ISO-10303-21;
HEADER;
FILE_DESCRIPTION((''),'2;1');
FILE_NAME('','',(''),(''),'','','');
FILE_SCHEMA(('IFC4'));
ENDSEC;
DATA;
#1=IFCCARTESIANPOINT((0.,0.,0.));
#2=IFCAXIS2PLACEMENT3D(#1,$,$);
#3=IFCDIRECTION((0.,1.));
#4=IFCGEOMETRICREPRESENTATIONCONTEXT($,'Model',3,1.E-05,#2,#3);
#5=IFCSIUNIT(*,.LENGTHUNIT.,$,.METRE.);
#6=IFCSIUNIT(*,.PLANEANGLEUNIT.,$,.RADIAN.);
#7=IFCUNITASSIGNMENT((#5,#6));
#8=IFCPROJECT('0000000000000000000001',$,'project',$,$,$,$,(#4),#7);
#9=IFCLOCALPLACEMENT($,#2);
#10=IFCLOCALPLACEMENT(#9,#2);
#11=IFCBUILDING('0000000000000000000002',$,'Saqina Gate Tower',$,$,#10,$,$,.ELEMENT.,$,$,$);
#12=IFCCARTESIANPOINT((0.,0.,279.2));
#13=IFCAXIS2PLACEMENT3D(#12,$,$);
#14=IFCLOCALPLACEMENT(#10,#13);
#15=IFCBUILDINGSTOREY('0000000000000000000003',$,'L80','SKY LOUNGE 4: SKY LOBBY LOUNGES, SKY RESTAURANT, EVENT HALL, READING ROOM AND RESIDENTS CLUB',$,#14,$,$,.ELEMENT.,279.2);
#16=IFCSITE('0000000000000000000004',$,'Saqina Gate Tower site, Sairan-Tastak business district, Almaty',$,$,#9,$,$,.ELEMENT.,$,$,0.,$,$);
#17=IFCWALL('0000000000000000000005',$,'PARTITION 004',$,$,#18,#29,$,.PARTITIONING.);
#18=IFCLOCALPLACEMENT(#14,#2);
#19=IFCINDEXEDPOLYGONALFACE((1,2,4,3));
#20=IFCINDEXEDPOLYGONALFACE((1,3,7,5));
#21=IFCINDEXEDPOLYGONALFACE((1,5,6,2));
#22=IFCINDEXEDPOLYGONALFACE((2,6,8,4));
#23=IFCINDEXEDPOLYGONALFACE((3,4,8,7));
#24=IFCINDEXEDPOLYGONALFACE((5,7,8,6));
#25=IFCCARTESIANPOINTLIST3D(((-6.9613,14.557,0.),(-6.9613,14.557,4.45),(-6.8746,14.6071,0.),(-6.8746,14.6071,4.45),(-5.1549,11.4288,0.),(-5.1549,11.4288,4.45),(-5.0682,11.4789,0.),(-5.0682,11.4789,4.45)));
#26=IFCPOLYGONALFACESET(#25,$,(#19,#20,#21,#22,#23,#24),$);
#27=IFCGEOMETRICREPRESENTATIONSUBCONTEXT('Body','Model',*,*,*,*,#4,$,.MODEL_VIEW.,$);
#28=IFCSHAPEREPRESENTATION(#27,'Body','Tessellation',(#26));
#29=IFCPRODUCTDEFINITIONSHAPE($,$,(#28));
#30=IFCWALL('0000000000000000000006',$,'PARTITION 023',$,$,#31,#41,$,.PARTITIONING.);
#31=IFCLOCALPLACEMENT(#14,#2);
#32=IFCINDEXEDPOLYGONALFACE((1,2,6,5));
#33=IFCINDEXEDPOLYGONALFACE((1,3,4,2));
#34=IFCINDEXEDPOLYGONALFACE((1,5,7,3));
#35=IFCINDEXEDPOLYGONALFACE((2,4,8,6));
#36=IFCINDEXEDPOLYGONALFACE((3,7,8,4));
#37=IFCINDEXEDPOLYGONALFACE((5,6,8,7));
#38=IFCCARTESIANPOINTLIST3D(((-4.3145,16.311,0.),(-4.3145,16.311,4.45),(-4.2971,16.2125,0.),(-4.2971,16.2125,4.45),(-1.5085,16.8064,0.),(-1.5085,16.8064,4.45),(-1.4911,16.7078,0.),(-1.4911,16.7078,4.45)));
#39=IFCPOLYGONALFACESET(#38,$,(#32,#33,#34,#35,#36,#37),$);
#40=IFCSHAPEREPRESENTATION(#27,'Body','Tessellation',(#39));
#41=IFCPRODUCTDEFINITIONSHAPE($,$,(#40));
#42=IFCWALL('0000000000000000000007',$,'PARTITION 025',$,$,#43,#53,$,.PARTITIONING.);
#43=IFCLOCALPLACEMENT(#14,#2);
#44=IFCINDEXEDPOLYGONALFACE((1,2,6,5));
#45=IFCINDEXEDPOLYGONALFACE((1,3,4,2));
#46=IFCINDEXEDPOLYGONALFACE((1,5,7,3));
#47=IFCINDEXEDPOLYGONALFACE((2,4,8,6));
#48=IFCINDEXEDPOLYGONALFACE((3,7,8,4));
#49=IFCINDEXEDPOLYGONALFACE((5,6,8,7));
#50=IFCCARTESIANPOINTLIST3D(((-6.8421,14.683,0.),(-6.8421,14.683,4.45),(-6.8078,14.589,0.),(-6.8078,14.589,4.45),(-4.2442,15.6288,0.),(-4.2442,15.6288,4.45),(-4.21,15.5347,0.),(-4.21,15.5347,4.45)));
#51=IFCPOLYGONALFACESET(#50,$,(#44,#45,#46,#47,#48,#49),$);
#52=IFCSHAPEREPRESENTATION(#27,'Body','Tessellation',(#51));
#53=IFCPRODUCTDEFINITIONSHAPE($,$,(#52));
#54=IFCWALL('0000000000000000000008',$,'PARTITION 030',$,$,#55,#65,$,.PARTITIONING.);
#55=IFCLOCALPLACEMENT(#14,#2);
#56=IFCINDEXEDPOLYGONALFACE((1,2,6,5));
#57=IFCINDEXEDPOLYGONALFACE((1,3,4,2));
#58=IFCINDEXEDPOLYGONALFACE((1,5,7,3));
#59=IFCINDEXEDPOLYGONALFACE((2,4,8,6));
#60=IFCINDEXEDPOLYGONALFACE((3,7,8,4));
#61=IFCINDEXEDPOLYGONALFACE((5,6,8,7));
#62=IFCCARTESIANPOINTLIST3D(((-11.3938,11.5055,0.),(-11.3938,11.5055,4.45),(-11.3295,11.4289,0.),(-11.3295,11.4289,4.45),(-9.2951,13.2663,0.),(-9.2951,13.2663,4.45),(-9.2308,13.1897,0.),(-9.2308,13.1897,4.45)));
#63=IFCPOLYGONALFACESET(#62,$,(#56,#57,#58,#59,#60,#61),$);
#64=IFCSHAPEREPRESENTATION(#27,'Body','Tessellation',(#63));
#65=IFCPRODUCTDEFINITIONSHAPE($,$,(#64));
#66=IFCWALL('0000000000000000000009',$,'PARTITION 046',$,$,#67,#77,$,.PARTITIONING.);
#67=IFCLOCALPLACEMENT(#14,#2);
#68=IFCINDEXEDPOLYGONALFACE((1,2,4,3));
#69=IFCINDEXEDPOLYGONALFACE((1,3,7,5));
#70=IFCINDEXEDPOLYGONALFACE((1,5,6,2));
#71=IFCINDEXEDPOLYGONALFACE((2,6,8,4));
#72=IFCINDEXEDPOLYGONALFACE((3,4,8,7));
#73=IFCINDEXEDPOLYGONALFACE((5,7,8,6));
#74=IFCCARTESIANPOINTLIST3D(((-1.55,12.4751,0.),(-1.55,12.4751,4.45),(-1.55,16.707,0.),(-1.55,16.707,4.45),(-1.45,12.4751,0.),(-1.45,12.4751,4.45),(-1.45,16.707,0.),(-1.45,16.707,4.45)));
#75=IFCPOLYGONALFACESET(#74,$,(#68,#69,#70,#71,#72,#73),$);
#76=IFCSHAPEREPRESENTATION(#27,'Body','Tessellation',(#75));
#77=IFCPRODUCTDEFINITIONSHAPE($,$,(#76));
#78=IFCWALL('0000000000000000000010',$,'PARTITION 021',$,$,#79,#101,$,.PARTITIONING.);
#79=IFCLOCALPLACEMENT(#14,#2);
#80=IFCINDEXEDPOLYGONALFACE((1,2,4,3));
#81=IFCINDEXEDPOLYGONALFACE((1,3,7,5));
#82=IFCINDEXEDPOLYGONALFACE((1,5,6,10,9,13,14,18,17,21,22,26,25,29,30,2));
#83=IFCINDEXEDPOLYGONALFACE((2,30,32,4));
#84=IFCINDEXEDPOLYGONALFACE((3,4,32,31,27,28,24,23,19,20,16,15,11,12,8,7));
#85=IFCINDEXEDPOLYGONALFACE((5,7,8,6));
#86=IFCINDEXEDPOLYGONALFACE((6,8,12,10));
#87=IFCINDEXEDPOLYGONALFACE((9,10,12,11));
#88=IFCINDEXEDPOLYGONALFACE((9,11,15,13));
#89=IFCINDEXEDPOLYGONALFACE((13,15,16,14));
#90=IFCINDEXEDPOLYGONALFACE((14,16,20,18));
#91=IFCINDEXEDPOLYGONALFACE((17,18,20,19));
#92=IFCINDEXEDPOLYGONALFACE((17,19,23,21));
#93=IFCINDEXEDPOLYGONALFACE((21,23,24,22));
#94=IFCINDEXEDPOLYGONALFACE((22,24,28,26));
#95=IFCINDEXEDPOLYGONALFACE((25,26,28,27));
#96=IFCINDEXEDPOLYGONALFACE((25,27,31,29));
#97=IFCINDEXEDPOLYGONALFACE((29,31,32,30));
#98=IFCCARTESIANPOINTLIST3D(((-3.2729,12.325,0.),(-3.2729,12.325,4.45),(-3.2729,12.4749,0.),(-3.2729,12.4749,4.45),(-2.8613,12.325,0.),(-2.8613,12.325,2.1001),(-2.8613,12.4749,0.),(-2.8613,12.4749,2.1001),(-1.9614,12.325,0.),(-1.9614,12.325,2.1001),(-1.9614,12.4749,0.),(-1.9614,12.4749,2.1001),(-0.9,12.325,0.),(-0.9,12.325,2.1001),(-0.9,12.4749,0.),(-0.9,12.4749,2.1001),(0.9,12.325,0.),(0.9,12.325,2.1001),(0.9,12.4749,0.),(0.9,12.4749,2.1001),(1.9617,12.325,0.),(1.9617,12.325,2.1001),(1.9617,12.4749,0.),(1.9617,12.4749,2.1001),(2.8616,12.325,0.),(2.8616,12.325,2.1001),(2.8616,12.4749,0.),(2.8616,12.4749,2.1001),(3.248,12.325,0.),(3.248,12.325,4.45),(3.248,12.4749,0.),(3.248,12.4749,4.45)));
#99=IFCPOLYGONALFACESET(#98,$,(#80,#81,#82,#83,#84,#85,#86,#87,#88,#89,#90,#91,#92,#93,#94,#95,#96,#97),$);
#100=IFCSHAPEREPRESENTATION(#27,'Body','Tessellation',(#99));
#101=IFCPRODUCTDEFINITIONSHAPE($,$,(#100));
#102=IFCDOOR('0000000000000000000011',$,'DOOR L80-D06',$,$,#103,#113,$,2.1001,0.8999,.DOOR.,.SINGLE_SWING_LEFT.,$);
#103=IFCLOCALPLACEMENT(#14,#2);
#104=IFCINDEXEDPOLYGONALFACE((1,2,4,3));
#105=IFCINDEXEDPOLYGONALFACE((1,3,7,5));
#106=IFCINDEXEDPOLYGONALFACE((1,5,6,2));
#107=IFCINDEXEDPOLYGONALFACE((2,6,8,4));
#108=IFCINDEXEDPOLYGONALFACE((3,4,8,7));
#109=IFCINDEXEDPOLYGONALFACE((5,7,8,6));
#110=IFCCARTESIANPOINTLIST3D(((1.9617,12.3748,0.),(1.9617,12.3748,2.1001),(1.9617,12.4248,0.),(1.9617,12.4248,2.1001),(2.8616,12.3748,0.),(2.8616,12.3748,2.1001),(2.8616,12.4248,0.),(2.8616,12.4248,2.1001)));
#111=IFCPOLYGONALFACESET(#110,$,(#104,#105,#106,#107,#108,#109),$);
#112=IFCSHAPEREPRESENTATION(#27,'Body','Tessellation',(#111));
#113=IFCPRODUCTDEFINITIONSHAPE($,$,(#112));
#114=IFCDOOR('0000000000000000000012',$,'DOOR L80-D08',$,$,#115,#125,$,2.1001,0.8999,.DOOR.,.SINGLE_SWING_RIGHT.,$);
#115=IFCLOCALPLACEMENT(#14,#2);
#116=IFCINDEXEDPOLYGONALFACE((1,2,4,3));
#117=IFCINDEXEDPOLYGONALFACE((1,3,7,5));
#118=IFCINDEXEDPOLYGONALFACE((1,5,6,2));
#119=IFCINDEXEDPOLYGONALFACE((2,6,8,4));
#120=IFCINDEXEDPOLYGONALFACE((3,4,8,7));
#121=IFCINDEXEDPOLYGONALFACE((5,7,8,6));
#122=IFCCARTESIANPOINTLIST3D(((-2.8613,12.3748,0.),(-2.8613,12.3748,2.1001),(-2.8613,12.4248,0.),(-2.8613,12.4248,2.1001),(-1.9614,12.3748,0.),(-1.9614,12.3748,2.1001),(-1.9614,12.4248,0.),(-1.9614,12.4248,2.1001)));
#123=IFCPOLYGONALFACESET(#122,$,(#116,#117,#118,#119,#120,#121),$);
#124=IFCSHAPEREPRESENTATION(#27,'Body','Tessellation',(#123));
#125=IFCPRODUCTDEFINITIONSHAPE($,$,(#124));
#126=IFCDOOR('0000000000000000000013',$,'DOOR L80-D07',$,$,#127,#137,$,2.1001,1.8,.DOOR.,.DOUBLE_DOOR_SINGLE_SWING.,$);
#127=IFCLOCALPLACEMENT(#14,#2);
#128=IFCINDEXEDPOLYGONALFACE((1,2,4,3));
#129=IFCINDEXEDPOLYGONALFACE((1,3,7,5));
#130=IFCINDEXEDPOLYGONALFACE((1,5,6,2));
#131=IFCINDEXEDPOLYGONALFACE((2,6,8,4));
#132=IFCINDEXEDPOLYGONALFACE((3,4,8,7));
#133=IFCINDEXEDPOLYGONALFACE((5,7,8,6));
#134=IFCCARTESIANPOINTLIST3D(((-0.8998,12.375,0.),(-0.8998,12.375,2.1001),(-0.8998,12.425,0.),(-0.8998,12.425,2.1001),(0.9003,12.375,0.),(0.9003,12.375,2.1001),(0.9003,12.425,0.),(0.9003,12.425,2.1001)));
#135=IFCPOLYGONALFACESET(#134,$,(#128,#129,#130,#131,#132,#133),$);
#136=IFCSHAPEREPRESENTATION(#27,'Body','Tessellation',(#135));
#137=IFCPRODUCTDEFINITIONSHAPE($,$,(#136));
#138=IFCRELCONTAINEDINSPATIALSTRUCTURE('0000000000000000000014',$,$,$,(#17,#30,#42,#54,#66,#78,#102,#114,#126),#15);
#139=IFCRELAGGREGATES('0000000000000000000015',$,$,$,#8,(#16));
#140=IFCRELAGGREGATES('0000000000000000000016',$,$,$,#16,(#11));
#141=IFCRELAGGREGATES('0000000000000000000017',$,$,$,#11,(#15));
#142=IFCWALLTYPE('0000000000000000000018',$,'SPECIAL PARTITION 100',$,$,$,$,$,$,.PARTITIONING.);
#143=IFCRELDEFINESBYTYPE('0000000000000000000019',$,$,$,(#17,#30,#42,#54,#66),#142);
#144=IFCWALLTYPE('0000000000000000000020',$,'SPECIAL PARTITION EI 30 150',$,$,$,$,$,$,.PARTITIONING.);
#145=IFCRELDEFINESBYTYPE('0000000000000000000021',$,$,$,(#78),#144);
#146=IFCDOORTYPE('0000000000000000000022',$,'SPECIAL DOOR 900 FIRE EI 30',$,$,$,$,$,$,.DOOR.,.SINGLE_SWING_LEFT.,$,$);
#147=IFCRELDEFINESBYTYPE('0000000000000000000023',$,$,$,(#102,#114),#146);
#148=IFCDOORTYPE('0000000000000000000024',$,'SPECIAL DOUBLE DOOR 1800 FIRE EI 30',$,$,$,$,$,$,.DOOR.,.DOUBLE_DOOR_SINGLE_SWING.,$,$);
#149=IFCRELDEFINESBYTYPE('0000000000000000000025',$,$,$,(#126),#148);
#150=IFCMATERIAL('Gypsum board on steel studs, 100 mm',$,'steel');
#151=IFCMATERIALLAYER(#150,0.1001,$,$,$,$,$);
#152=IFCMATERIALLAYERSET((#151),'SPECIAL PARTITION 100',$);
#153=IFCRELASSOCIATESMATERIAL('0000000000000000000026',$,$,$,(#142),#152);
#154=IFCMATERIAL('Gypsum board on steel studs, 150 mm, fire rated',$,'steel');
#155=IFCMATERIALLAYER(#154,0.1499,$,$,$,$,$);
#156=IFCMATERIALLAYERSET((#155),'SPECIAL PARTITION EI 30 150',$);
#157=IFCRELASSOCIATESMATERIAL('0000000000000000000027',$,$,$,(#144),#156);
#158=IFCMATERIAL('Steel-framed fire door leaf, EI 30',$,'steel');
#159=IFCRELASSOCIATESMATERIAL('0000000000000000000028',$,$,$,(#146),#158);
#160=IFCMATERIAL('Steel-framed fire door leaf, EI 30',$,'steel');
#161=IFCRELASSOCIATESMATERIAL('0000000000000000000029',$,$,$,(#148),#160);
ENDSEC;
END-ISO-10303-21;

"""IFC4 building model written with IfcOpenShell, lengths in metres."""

from ifc_helpers import new_model, si_unit, direction, frame, frame_2d, origin, place, context, subcontext, project, spatial, rectangle, extrude, material, layer, layer_set, type_object, element, fill, save


model = new_model("IFC4")

# Units and contexts
model_context = context("Model", 3, precision=1e-05, world=origin(), true_north=direction((0.0, 1.0)))
body_context = subcontext(model_context, "Body", "Model", "MODEL_VIEW")
ifc_project = project(units=[si_unit("LENGTHUNIT", "METRE"), si_unit("PLANEANGLEUNIT", "RADIAN")], contexts=[model_context])

# Site, building, storey
site_placement = place(None, origin())
site = spatial("IfcSite", under=ifc_project, at=site_placement, Name="Saqina Gate Tower site, Sairan-Tastak business district, Almaty", CompositionType="ELEMENT", RefElevation=0.0)
building_placement = place(site_placement, origin())
building = spatial("IfcBuilding", under=site, at=building_placement, Name="Saqina Gate Tower", CompositionType="ELEMENT")
storey_placement = place(building_placement, frame((0.0, 0.0, 279.2)))
storey = spatial("IfcBuildingStorey", under=building, at=storey_placement, Name="L80", Description="SKY LOUNGE 4: SKY LOBBY LOUNGES, SKY RESTAURANT, EVENT HALL, READING ROOM AND RESIDENTS CLUB", CompositionType="ELEMENT", Elevation=279.2)

# Walls
ifc_material_1 = material(Name="Gypsum board on steel studs, 100 mm", Category="steel")
ifc_layer_1 = layer(ifc_material_1, 0.1001)
ifc_layer_set_1 = layer_set([ifc_layer_1], Name="SPECIAL PARTITION 100")
wall_type_1 = type_object("IfcWallType", Name="SPECIAL PARTITION 100", PredefinedType="PARTITIONING", material=ifc_layer_set_1)
wall_1_placement = place(storey_placement, frame((-6.918, 14.582, 0.0), z_axis=(0.0, 0.0, 1.0), x_axis=(0.500072, -0.865984, 0.0)))
element("IfcWall", 1, at=wall_1_placement, inside=storey, type_object=wall_type_1, Name="PARTITION 004", PredefinedType="PARTITIONING", context=body_context, shape_type="SweptSolid", body=[
    extrude(rectangle(XDim=3.6123, YDim=0.1001, at=frame_2d((1.8062, 0.0))), origin(), (0.0, 0.0, 1.0), 4.45),
])
wall_2_placement = place(storey_placement, frame((-4.3059, 16.2617, 0.0), z_axis=(0.0, 0.0, 1.0), x_axis=(0.984771, 0.173854, 0.0)))
element("IfcWall", 2, at=wall_2_placement, inside=storey, type_object=wall_type_1, Name="PARTITION 023", PredefinedType="PARTITIONING", context=body_context, shape_type="SweptSolid", body=[
    extrude(rectangle(XDim=2.8494, YDim=0.1001, at=frame_2d((1.4248, 0.0))), origin(), (0.0, 0.0, 1.0), 4.45),
])
wall_3_placement = place(storey_placement, frame((-6.825, 14.636, 0.0), z_axis=(0.0, 0.0, 1.0), x_axis=(0.939664, 0.342098, 0.0)))
element("IfcWall", 3, at=wall_3_placement, inside=storey, type_object=wall_type_1, Name="PARTITION 025", PredefinedType="PARTITIONING", context=body_context, shape_type="SweptSolid", body=[
    extrude(rectangle(XDim=2.7646, YDim=0.1001, at=frame_2d((1.3823, 0.0))), origin(), (0.0, 0.0, 1.0), 4.45),
])
wall_4_placement = place(storey_placement, frame((-11.3616, 11.4673, 0.0), z_axis=(0.0, 0.0, 1.0), x_axis=(0.766084, 0.642741, 0.0)))
element("IfcWall", 4, at=wall_4_placement, inside=storey, type_object=wall_type_1, Name="PARTITION 030", PredefinedType="PARTITIONING", context=body_context, shape_type="SweptSolid", body=[
    extrude(rectangle(XDim=2.7395, YDim=0.1001, at=frame_2d((1.3696, 0.0))), origin(), (0.0, 0.0, 1.0), 4.45),
])
wall_5_placement = place(storey_placement, frame((-1.5, 12.4751, 0.0), z_axis=(0.0, 0.0, 1.0), x_axis=(0.0, 1.0, 0.0)))
element("IfcWall", 5, at=wall_5_placement, inside=storey, type_object=wall_type_1, Name="PARTITION 046", PredefinedType="PARTITIONING", context=body_context, shape_type="SweptSolid", body=[
    extrude(rectangle(XDim=4.2319, YDim=0.1001, at=frame_2d((2.116, 0.0))), origin(), (0.0, 0.0, 1.0), 4.45),
])

# Wall, openings, doors
ifc_material_2 = material(Name="Gypsum board on steel studs, 150 mm, fire rated", Category="steel")
ifc_layer_2 = layer(ifc_material_2, 0.1499)
ifc_layer_set_2 = layer_set([ifc_layer_2], Name="SPECIAL PARTITION EI 30 150")
wall_type_2 = type_object("IfcWallType", Name="SPECIAL PARTITION EI 30 150", PredefinedType="PARTITIONING", material=ifc_layer_set_2)
wall_6_placement = place(storey_placement, frame((-3.2729, 12.3999, 0.0), z_axis=(0.0, 0.0, 1.0), x_axis=(1.0, 0.0, 0.0)))
wall_6 = element("IfcWall", 6, at=wall_6_placement, inside=storey, type_object=wall_type_2, Name="PARTITION 021", PredefinedType="PARTITIONING", context=body_context, shape_type="SweptSolid", body=[
    extrude(rectangle(XDim=6.521, YDim=0.1499, at=frame_2d((3.2605, 0.0))), origin(), (0.0, 0.0, 1.0), 4.45),
])
opening_1_placement = place(wall_6_placement, frame((5.2346, 0.0, 0.0)))
opening_1 = element("IfcOpeningElement", 7, at=opening_1_placement, cuts=wall_6, PredefinedType="OPENING", context=body_context, shape_type="SweptSolid", body=[
    extrude(rectangle(XDim=0.8999, YDim=2.1001, at=frame_2d((0.45, 1.05))), frame((0.0, 0.0869, 0.0), z_axis=(0.0, -1.0, 0.0), x_axis=(1.0, 0.0, 0.0)), (0.0, 0.0, 1.0), 0.1738),
])
opening_2_placement = place(wall_6_placement, frame((2.373, 0.0, 0.0)))
opening_2 = element("IfcOpeningElement", 8, at=opening_2_placement, cuts=wall_6, PredefinedType="OPENING", context=body_context, shape_type="SweptSolid", body=[
    extrude(rectangle(XDim=1.8, YDim=2.1001, at=frame_2d((0.8999, 1.05))), frame((0.0, 0.0869, 0.0), z_axis=(0.0, -1.0, 0.0), x_axis=(1.0, 0.0, 0.0)), (0.0, 0.0, 1.0), 0.1738),
])
opening_3_placement = place(wall_6_placement, frame((0.4116, 0.0, 0.0)))
opening_3 = element("IfcOpeningElement", 9, at=opening_3_placement, cuts=wall_6, PredefinedType="OPENING", context=body_context, shape_type="SweptSolid", body=[
    extrude(rectangle(XDim=0.8999, YDim=2.1001, at=frame_2d((0.45, 1.05))), frame((0.0, 0.0869, 0.0), z_axis=(0.0, -1.0, 0.0), x_axis=(1.0, 0.0, 0.0)), (0.0, 0.0, 1.0), 0.1738),
])
ifc_material_3 = material(Name="Steel-framed fire door leaf, EI 30", Category="steel")
door_type_1 = type_object("IfcDoorType", Name="SPECIAL DOOR 900 FIRE EI 30", OperationType="SINGLE_SWING_LEFT", PredefinedType="DOOR", material=ifc_material_3)
door_1_placement = place(opening_1_placement, origin())
door_1 = element("IfcDoor", 10, at=door_1_placement, inside=storey, type_object=door_type_1, Name="DOOR L80-D06", OperationType="SINGLE_SWING_LEFT", OverallHeight=2.1001, OverallWidth=0.8999, PredefinedType="DOOR", context=body_context, shape_type="SweptSolid", body=[
    extrude(rectangle(XDim=0.8999, YDim=2.1001, at=frame_2d((0.45, 1.05))), frame((0.0, 0.0249, 0.0), z_axis=(0.0, -1.0, 0.0), x_axis=(1.0, 0.0, 0.0)), (0.0, 0.0, 1.0), 0.05),
])
fill(opening_1, door_1)
door_2_placement = place(opening_3_placement, origin())
door_2 = element("IfcDoor", 11, at=door_2_placement, inside=storey, type_object=door_type_1, Name="DOOR L80-D08", OperationType="SINGLE_SWING_RIGHT", OverallHeight=2.1001, OverallWidth=0.8999, PredefinedType="DOOR", context=body_context, shape_type="SweptSolid", body=[
    extrude(rectangle(XDim=0.8999, YDim=2.1001, at=frame_2d((0.45, 1.05))), frame((0.0, 0.0249, 0.0), z_axis=(0.0, -1.0, 0.0), x_axis=(1.0, 0.0, 0.0)), (0.0, 0.0, 1.0), 0.05),
])
fill(opening_3, door_2)
ifc_material_4 = material(Name="Steel-framed fire door leaf, EI 30", Category="steel")
door_type_2 = type_object("IfcDoorType", Name="SPECIAL DOUBLE DOOR 1800 FIRE EI 30", OperationType="DOUBLE_DOOR_SINGLE_SWING", PredefinedType="DOOR", material=ifc_material_4)
door_3_placement = place(opening_2_placement, frame((1.8, 0.0, 0.0), z_axis=(0.0, 0.0, 1.0), x_axis=(-1.0, 0.0, 0.0)))
door_3 = element("IfcDoor", 12, at=door_3_placement, inside=storey, type_object=door_type_2, Name="DOOR L80-D07", OperationType="DOUBLE_DOOR_SINGLE_SWING", OverallHeight=2.1001, OverallWidth=1.8, PredefinedType="DOOR", context=body_context, shape_type="SweptSolid", body=[
    extrude(rectangle(XDim=1.8, YDim=2.1001, at=frame_2d((0.8999, 1.05))), frame((0.0, 0.0249, 0.0), z_axis=(0.0, -1.0, 0.0), x_axis=(1.0, 0.0, 0.0)), (0.0, 0.0, 1.0), 0.05),
])
fill(opening_2, door_3)

save(model, "model.ifc")
